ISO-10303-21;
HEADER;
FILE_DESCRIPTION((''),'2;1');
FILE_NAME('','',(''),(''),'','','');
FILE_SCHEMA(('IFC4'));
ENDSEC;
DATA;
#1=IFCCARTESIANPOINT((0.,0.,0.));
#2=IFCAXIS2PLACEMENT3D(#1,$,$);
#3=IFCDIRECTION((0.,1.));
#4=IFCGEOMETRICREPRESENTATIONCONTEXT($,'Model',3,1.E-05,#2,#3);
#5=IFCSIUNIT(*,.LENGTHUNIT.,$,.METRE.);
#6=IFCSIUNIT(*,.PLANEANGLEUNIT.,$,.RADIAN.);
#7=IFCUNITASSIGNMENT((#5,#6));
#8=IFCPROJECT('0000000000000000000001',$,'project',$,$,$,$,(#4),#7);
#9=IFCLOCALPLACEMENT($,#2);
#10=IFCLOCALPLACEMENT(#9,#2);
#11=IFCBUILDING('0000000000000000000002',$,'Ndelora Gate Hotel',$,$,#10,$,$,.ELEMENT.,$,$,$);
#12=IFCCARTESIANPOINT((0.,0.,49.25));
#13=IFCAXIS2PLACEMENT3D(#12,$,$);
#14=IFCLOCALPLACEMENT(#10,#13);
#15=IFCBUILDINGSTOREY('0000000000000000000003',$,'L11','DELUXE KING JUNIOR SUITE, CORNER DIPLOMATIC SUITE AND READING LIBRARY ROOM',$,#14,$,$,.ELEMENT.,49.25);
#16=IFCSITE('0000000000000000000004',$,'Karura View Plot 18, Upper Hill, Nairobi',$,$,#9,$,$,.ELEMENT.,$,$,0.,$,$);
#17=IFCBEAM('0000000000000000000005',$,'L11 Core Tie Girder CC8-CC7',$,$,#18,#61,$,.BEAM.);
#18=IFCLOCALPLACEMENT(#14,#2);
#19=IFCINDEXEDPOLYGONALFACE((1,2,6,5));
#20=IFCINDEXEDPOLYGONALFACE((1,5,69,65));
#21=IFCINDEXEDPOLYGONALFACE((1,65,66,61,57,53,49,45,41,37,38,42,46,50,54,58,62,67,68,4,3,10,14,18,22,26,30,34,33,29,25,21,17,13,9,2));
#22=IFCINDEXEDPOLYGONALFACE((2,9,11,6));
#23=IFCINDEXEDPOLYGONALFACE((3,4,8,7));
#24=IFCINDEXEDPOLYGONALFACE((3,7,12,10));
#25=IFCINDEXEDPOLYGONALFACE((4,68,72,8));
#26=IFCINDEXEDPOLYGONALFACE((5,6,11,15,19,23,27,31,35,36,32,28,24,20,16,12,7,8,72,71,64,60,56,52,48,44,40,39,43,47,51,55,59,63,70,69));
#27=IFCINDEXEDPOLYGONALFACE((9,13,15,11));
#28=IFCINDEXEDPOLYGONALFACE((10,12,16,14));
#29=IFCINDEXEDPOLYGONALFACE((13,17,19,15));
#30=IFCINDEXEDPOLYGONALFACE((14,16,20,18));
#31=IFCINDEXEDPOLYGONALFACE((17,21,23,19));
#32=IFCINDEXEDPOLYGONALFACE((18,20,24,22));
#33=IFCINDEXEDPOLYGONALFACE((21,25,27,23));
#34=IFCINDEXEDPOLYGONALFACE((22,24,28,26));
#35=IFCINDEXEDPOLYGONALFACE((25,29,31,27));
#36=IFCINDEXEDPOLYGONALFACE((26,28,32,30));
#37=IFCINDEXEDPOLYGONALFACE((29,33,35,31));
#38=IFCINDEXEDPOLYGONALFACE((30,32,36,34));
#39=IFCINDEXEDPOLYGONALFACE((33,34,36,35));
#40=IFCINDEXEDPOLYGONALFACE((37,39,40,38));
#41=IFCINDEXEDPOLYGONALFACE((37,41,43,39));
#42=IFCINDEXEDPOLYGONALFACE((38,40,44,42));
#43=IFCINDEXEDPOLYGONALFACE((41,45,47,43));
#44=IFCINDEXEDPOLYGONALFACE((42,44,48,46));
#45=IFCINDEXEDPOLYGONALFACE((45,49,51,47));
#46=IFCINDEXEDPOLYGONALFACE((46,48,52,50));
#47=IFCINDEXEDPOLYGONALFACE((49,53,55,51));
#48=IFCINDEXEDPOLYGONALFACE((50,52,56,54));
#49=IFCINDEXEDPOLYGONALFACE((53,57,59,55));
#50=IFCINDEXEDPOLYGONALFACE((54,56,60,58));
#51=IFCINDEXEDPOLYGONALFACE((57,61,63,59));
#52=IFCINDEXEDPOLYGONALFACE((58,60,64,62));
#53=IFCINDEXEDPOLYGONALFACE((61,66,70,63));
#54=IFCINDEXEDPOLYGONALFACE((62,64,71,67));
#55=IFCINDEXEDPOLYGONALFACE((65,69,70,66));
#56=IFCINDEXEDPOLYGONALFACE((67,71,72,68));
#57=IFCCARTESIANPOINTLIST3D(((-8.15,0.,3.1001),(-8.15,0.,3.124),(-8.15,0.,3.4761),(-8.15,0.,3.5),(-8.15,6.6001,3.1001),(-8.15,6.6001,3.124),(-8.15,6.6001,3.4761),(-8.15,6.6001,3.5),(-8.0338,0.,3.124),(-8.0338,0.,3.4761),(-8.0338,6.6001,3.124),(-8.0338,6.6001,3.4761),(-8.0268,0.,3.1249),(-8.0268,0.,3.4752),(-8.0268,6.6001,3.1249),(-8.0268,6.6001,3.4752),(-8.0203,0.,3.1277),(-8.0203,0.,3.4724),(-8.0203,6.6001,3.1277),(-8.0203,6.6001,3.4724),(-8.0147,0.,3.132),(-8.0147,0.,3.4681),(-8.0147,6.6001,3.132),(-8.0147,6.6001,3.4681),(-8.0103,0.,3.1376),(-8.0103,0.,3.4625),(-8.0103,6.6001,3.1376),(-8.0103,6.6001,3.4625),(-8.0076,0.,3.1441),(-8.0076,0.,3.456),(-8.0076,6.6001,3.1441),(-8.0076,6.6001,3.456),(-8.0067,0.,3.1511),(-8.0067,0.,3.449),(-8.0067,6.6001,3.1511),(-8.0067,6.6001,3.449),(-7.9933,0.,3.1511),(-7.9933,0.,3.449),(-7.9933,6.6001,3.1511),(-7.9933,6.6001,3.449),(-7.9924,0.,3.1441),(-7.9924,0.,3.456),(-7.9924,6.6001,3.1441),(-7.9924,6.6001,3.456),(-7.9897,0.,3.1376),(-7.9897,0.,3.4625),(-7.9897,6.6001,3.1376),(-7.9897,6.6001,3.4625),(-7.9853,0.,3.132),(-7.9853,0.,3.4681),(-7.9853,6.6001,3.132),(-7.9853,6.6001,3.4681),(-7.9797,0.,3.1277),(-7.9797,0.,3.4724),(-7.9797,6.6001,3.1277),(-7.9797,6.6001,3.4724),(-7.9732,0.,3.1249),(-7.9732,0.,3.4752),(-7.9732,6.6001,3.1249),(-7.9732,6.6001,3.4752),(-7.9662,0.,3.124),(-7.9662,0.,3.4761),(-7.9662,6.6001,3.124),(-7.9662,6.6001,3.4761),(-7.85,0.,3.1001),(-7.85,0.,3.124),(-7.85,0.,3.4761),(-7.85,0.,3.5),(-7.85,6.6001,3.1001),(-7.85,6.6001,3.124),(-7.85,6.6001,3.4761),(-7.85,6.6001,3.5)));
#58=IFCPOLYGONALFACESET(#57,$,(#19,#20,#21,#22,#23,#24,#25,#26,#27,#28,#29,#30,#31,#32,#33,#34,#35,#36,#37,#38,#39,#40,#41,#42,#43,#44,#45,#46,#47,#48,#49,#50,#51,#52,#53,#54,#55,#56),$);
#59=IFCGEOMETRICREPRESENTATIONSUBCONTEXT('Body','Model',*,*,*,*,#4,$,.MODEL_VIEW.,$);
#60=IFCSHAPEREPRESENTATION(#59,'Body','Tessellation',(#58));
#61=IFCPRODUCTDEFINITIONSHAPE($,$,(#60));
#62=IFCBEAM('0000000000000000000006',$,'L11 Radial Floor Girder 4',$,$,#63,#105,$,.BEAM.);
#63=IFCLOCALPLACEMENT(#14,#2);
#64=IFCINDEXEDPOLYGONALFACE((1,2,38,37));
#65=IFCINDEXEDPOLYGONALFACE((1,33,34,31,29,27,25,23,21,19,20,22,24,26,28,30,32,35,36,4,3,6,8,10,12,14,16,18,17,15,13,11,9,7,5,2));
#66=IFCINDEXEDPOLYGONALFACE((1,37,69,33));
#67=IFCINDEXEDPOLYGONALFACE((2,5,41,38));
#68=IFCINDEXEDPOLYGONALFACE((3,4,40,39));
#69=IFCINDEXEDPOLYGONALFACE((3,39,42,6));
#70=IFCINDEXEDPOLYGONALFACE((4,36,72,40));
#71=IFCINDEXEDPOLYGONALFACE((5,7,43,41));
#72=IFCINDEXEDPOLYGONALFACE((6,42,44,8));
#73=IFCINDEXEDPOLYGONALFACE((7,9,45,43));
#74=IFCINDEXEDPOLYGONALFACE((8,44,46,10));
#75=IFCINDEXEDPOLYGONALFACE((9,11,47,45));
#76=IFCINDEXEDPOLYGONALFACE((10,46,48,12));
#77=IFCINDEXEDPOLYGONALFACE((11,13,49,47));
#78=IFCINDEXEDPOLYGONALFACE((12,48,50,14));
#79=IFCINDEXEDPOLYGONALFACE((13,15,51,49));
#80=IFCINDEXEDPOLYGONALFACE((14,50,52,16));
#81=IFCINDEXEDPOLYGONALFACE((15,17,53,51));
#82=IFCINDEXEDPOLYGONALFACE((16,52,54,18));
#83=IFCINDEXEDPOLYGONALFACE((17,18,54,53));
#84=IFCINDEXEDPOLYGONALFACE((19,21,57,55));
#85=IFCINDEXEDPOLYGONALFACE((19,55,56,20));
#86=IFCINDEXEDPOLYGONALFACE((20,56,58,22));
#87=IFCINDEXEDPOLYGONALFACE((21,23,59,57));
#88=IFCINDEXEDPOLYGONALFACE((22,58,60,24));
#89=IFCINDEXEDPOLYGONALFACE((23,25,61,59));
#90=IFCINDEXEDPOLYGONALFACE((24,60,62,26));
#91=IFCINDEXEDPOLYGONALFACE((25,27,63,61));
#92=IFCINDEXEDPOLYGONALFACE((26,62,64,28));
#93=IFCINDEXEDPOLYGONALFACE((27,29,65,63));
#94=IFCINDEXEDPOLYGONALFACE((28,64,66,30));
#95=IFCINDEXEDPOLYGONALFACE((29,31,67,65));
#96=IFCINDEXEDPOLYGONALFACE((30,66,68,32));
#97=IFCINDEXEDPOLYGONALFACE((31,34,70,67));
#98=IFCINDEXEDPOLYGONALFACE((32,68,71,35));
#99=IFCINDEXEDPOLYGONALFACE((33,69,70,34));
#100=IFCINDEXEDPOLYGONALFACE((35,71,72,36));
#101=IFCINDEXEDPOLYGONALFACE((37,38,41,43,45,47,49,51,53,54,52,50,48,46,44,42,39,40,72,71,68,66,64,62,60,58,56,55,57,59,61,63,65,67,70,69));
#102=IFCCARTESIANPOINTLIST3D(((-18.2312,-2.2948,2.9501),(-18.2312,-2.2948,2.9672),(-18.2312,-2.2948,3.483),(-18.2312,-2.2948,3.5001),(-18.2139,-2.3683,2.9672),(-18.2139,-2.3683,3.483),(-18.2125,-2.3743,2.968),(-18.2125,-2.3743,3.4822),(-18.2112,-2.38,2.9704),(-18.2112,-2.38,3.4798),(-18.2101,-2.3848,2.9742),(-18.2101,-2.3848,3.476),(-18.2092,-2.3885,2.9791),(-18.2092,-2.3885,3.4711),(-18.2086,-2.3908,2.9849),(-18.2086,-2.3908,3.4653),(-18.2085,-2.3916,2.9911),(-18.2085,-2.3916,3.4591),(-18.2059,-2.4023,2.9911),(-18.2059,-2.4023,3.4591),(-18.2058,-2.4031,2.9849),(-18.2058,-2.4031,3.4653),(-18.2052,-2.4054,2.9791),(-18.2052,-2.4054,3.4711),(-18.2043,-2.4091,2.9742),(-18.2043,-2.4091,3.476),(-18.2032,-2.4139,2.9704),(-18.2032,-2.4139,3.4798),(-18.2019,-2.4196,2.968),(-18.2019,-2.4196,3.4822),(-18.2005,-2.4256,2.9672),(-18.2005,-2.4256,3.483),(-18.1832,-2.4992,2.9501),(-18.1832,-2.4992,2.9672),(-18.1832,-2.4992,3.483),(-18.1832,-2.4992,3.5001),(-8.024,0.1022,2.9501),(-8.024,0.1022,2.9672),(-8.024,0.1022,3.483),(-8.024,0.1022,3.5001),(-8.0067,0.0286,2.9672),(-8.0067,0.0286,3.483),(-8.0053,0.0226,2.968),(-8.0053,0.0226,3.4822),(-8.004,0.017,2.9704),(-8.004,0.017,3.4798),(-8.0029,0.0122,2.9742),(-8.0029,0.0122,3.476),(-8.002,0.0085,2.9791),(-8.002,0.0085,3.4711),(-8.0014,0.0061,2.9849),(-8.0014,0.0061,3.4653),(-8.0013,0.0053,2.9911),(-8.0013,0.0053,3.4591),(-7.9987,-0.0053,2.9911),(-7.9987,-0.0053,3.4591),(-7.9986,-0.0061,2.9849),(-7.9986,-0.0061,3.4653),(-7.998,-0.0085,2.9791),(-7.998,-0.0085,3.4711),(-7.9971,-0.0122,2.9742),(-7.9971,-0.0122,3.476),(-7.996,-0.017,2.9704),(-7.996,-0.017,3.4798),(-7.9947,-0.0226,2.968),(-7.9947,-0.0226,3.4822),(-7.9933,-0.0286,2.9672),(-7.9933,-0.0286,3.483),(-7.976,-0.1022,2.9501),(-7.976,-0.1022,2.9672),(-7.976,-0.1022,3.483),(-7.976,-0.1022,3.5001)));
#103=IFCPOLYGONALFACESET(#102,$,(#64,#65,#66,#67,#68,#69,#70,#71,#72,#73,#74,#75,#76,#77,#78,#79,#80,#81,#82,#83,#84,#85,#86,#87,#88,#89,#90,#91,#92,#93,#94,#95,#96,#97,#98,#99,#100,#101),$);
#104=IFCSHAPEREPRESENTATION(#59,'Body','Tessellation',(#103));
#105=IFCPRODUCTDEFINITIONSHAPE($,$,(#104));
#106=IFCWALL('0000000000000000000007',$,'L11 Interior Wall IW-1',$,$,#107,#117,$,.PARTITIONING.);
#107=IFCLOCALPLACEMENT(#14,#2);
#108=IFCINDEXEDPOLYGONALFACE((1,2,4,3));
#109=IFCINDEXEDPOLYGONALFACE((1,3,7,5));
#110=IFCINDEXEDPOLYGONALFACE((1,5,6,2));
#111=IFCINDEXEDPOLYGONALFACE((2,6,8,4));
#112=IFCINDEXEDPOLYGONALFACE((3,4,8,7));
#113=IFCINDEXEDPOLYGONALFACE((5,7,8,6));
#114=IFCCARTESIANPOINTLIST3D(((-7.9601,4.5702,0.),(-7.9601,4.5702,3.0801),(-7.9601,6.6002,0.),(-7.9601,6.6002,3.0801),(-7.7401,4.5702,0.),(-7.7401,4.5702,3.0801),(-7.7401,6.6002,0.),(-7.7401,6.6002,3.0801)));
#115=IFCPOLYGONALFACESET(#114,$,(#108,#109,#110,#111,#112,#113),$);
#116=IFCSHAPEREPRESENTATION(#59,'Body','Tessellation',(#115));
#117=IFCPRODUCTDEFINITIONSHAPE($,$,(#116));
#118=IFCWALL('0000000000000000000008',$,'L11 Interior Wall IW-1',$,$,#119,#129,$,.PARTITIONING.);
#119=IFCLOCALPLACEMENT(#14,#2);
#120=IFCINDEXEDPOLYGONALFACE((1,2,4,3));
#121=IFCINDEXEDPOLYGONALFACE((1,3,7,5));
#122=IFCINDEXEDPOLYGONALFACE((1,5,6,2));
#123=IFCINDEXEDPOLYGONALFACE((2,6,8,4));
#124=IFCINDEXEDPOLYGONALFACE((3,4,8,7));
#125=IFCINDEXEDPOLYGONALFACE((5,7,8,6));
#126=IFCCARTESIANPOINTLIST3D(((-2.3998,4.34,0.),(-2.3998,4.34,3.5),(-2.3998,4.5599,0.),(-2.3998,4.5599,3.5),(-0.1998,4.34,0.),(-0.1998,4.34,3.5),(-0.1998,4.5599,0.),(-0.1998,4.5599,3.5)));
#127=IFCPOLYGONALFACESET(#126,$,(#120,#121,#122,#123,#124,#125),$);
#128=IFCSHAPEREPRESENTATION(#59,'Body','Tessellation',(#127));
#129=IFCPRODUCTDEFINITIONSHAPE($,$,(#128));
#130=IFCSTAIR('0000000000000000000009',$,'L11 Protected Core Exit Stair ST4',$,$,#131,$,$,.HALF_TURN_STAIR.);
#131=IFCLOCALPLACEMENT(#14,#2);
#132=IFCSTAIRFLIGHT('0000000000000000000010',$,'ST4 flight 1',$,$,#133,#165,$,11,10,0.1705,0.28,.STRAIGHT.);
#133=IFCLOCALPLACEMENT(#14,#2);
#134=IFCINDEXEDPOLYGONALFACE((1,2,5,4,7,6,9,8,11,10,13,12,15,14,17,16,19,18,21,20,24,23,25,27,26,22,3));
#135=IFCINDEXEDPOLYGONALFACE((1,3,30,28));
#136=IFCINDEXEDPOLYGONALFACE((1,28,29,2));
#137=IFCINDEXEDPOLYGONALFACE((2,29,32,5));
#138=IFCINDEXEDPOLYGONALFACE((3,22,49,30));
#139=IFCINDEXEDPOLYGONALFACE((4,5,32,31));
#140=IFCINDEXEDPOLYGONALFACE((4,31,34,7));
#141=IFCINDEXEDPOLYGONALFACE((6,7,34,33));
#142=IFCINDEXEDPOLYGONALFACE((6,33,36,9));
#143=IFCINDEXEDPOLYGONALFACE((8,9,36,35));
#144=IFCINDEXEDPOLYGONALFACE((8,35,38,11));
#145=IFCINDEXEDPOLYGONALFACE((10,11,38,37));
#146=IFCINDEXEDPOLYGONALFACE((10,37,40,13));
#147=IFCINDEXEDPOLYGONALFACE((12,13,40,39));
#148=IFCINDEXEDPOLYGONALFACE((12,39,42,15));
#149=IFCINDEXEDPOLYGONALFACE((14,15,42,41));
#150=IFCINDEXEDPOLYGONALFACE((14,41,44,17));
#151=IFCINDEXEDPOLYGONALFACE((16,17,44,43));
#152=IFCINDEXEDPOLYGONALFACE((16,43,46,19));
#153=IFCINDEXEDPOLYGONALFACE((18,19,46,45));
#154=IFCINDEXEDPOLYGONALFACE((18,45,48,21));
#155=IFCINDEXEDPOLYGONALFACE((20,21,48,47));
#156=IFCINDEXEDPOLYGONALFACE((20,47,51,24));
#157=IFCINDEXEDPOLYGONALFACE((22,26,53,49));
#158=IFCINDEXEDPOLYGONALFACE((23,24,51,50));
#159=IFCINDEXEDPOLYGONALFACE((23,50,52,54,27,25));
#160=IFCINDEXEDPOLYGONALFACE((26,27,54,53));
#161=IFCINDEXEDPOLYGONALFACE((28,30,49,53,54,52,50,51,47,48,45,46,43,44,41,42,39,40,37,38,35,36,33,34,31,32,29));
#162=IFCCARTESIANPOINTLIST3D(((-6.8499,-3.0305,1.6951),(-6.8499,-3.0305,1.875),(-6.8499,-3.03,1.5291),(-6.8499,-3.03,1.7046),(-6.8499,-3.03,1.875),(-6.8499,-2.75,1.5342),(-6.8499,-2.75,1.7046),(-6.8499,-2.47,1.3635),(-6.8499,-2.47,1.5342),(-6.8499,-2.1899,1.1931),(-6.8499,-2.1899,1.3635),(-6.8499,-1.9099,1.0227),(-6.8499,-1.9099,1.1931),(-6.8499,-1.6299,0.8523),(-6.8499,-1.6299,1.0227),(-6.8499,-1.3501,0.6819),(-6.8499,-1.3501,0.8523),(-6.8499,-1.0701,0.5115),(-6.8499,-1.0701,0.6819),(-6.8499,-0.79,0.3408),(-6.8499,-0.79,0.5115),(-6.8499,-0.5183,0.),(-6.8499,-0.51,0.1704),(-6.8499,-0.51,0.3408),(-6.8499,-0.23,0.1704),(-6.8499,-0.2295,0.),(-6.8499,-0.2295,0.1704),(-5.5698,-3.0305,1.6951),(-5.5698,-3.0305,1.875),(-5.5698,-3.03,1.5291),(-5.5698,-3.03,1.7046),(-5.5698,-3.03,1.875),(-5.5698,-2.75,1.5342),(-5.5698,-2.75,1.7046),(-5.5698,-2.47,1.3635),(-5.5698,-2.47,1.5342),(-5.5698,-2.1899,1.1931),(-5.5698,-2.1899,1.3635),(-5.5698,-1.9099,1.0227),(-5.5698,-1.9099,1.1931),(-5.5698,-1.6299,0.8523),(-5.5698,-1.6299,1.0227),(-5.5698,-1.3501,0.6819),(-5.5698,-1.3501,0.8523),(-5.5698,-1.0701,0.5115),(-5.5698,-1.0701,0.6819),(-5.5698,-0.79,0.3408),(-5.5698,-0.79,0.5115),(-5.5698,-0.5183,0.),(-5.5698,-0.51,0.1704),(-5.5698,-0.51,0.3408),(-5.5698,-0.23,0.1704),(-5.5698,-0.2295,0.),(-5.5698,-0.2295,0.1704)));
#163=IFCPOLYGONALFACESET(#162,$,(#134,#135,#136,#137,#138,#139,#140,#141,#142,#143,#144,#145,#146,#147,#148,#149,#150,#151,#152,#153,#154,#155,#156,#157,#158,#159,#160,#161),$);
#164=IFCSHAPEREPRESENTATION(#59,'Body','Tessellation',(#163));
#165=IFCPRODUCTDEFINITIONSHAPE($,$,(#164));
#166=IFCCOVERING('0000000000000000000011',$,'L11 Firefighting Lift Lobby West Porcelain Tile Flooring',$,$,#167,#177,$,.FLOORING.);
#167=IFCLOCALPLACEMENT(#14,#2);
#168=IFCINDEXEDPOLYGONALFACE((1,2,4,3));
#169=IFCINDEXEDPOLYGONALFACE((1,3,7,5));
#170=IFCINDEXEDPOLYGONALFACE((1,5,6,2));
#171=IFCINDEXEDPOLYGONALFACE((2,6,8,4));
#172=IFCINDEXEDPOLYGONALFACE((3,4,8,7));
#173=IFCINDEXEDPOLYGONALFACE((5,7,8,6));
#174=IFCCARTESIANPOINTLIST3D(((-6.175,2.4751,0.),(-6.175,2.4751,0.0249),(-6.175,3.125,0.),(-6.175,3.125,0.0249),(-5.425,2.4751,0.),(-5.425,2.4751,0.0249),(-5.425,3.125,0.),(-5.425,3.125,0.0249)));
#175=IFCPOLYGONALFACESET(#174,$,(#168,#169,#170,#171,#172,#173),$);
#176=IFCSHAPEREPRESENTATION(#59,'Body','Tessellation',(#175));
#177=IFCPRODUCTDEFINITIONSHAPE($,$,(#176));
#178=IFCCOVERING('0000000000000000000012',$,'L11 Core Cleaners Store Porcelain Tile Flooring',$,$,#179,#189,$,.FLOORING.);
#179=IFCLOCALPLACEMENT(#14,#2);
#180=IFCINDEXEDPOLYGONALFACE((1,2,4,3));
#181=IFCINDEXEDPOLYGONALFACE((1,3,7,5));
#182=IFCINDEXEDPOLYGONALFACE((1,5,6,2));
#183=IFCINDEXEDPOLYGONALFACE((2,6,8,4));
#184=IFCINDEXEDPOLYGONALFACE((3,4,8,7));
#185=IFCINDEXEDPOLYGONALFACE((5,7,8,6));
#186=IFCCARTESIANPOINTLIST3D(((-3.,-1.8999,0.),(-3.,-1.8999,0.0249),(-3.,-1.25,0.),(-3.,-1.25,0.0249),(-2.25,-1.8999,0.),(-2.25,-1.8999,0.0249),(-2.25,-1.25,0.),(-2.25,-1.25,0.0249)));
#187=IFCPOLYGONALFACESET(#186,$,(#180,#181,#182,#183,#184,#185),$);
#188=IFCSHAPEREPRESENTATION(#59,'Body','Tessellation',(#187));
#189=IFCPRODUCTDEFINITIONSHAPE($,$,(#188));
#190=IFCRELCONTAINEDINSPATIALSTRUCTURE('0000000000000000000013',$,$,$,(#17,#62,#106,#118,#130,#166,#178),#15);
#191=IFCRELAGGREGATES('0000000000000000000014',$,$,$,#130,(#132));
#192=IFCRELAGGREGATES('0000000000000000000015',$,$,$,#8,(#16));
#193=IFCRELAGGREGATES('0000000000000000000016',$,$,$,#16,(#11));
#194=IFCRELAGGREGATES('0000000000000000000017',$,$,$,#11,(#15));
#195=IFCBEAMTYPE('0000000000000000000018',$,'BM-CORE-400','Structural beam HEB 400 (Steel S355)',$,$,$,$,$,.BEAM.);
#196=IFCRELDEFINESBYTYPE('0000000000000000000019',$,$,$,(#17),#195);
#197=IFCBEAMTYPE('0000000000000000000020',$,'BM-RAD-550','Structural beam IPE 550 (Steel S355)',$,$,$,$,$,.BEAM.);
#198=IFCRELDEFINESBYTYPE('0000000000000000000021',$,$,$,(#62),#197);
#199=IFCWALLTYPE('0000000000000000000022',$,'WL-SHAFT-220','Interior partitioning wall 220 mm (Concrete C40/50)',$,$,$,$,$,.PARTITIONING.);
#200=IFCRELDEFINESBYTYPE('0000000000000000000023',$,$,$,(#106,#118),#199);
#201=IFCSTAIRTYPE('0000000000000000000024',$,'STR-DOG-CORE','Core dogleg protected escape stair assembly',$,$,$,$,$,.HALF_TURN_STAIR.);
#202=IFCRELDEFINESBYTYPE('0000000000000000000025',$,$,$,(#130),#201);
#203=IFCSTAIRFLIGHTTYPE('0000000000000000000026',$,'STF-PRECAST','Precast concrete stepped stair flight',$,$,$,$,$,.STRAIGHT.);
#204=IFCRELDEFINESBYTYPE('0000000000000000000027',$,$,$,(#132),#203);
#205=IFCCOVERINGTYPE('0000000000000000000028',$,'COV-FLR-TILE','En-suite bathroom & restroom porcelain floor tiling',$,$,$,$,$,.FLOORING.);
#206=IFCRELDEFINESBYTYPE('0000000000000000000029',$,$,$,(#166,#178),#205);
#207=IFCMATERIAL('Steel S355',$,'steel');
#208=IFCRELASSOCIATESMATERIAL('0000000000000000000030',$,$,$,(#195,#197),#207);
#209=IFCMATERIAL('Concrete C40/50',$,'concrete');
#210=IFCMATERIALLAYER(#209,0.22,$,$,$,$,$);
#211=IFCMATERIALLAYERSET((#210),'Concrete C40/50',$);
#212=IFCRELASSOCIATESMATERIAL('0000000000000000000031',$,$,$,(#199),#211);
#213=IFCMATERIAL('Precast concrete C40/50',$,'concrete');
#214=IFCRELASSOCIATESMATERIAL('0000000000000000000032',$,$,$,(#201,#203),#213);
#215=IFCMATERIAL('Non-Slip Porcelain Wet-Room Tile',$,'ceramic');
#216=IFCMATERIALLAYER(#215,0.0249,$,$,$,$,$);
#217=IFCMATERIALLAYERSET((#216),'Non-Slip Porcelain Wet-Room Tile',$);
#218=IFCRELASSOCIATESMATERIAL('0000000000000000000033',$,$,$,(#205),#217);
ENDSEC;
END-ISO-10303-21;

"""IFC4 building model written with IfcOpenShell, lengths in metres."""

from ifc_helpers import new_model, si_unit, direction, frame, frame_2d, origin, origin_2d, place, context, subcontext, project, spatial, polyline, rectangle, i_section, outline, extrude, material, layer, layer_set, material_profile, profile_set, type_object, element, aggregate, save


model = new_model("IFC4")

# Units and contexts
model_context = context("Model", 3, precision=1e-05, world=origin(), true_north=direction((0.0, 1.0)))
body_context = subcontext(model_context, "Body", "Model", "MODEL_VIEW")
ifc_project = project(units=[si_unit("LENGTHUNIT", "METRE"), si_unit("PLANEANGLEUNIT", "RADIAN")], contexts=[model_context])

# Site, building, storey
site_placement = place(None, origin())
site = spatial("IfcSite", under=ifc_project, at=site_placement, Name="Karura View Plot 18, Upper Hill, Nairobi", CompositionType="ELEMENT", RefElevation=0.0)
building_placement = place(site_placement, origin())
building = spatial("IfcBuilding", under=site, at=building_placement, Name="Ndelora Gate Hotel", CompositionType="ELEMENT")
storey_placement = place(building_placement, frame((0.0, 0.0, 49.25)))
storey = spatial("IfcBuildingStorey", under=building, at=storey_placement, Name="L11", Description="DELUXE KING JUNIOR SUITE, CORNER DIPLOMATIC SUITE AND READING LIBRARY ROOM", CompositionType="ELEMENT", Elevation=49.25)

# Beams
ifc_material_1 = material(Name="Steel S355", Category="steel")
ifc_material_profile_1 = material_profile(ifc_material_1, i_section(OverallWidth=0.3, OverallDepth=0.3999, WebThickness=0.0134, FlangeThickness=0.0239, FilletRadius=0.0271, at=origin_2d()), Name="HEB 400")
ifc_profile_set_1 = profile_set([ifc_material_profile_1], Name="Steel S355")
beam_type_1 = type_object("IfcBeamType", Name="BM-CORE-400", Description="Structural beam HEB 400 (Steel S355)", PredefinedType="BEAM", material=ifc_profile_set_1)
beam_1_placement = place(storey_placement, frame((-8.0, 0.0, 3.3), z_axis=(0.0, 1.0, 0.0), x_axis=(-1.0, 0.0, 0.0)))
element("IfcBeam", 1, at=beam_1_placement, inside=storey, type_object=beam_type_1, Name="L11 Core Tie Girder CC8-CC7", PredefinedType="BEAM", context=body_context, shape_type="SweptSolid", body=[
    extrude(i_section(OverallWidth=0.3, OverallDepth=0.3999, WebThickness=0.0134, FlangeThickness=0.0239, FilletRadius=0.0271, at=origin_2d()), origin(), (0.0, 0.0, 1.0), 6.6001),
])
ifc_material_profile_2 = material_profile(ifc_material_1, i_section(OverallWidth=0.21, OverallDepth=0.55, WebThickness=0.011, FlangeThickness=0.0171, FilletRadius=0.0239, at=origin_2d()), Name="IPE 550")
ifc_profile_set_2 = profile_set([ifc_material_profile_2], Name="Steel S355")
beam_type_2 = type_object("IfcBeamType", Name="BM-RAD-550", Description="Structural beam IPE 550 (Steel S355)", PredefinedType="BEAM", material=ifc_profile_set_2)
beam_2_placement = place(storey_placement, frame((-8.0, 0.0, 3.2251), z_axis=(-0.973518, -0.228611, 0.0), x_axis=(0.228611, -0.973518, 0.0)))
element("IfcBeam", 2, at=beam_2_placement, inside=storey, type_object=beam_type_2, Name="L11 Radial Floor Girder 4", PredefinedType="BEAM", context=body_context, shape_type="SweptSolid", body=[
    extrude(i_section(OverallWidth=0.21, OverallDepth=0.55, WebThickness=0.011, FlangeThickness=0.0171, FilletRadius=0.0239, at=origin_2d()), origin(), (0.0, 0.0, 1.0), 10.4849),
])

# Shared definitions
ifc_material_2 = material(Name="Concrete C40/50", Category="concrete")
ifc_layer_1 = layer(ifc_material_2, 0.22)
ifc_layer_set_1 = layer_set([ifc_layer_1], Name="Concrete C40/50")
wall_type_1 = type_object("IfcWallType", Name="WL-SHAFT-220", Description="Interior partitioning wall 220 mm (Concrete C40/50)", PredefinedType="PARTITIONING", material=ifc_layer_set_1)

# Wall
wall_1_placement = place(storey_placement, frame((-7.8501, 4.5701, 0.0), z_axis=(0.0, 0.0, 1.0), x_axis=(0.0, 1.0, 0.0)))
element("IfcWall", 3, at=wall_1_placement, inside=storey, type_object=wall_type_1, Name="L11 Interior Wall IW-1", PredefinedType="PARTITIONING", context=body_context, shape_type="SweptSolid", body=[
    extrude(rectangle(XDim=2.03, YDim=0.22, at=frame_2d((1.0151, 0.0))), origin(), (0.0, 0.0, 1.0), 3.0801),
])

# Wall
wall_2_placement = place(storey_placement, frame((-2.3999, 4.45, 0.0), z_axis=(0.0, 0.0, 1.0), x_axis=(1.0, 0.0, 0.0)))
element("IfcWall", 4, at=wall_2_placement, inside=storey, type_object=wall_type_1, Name="L11 Interior Wall IW-1", PredefinedType="PARTITIONING", context=body_context, shape_type="SweptSolid", body=[
    extrude(rectangle(XDim=2.2, YDim=0.22, at=frame_2d((1.1001, 0.0))), origin(), (0.0, 0.0, 1.0), 3.5),
])

# Stair, stair flight
ifc_material_3 = material(Name="Precast concrete C40/50", Category="concrete")
stair_type = type_object("IfcStairType", Name="STR-DOG-CORE", Description="Core dogleg protected escape stair assembly", PredefinedType="HALF_TURN_STAIR", material=ifc_material_3)
stair_placement = place(storey_placement, origin())
stair = element("IfcStair", 5, at=stair_placement, inside=storey, type_object=stair_type, Name="L11 Protected Core Exit Stair ST4", PredefinedType="HALF_TURN_STAIR")
stair_flight_type = type_object("IfcStairFlightType", Name="STF-PRECAST", Description="Precast concrete stepped stair flight", PredefinedType="STRAIGHT", material=ifc_material_3)
stair_flight_placement = place(storey_placement, frame((-6.21, -0.23, 0.0), z_axis=(0.0, 0.0, 1.0), x_axis=(0.0, -1.0, 0.0)))
stair_flight = element("IfcStairFlight", 6, at=stair_flight_placement, type_object=stair_flight_type, Name="ST4 flight 1", NumberOfRisers=11, NumberOfTreads=10, PredefinedType="STRAIGHT", RiserHeight=0.1705, TreadLength=0.28, context=body_context, shape_type="SweptSolid", body=[
    extrude(outline(polyline([(-0.0005, 0.0), (-0.0005, 0.1704), (0.0, 0.1704), (0.28, 0.1704), (0.28, 0.3408), (0.5601, 0.3408), (0.5601, 0.5115), (0.8401, 0.5115), (0.8401, 0.6819), (1.1201, 0.6819), (1.1201, 0.8523), (1.3999, 0.8523), (1.3999, 1.0227), (1.6799, 1.0227), (1.6799, 1.1931), (1.96, 1.1931), (1.96, 1.3635), (2.24, 1.3635), (2.24, 1.5342), (2.52, 1.5342), (2.52, 1.7046), (2.8, 1.7046), (2.8, 1.875), (2.8005, 1.875), (2.8005, 1.6951), (2.8, 1.5291), (0.2883, 0.0), (-0.0005, 0.0)])), frame((0.0, 0.6401, 0.0), z_axis=(0.0, -1.0, 0.0), x_axis=(1.0, 0.0, 0.0)), (0.0, 0.0, 1.0), 1.28),
])
aggregate(stair, [stair_flight])

# Coverings
ifc_material_4 = material(Name="Non-Slip Porcelain Wet-Room Tile", Category="ceramic")
ifc_layer_2 = layer(ifc_material_4, 0.0249)
ifc_layer_set_2 = layer_set([ifc_layer_2], Name="Non-Slip Porcelain Wet-Room Tile")
covering_type = type_object("IfcCoveringType", Name="COV-FLR-TILE", Description="En-suite bathroom & restroom porcelain floor tiling", PredefinedType="FLOORING", material=ifc_layer_set_2)
for number, where, z_axis, x_axis, name in (
    (7, (-5.8, 2.8, 0.0), (0.0, 0.0, 1.0), (1.0, 0.0, 0.0), "L11 Firefighting Lift Lobby West Porcelain Tile Flooring"),
    (8, (-2.625, -1.575, 0.0), (0.0, 0.0, 1.0), (1.0, 0.0, 0.0), "L11 Core Cleaners Store Porcelain Tile Flooring"),
):
    element("IfcCovering", number, at=place(storey_placement, frame(where, z_axis=z_axis, x_axis=x_axis)), inside=storey, type_object=covering_type, Name=name, PredefinedType="FLOORING", context=body_context, shape_type="SweptSolid", body=[
        extrude(rectangle(XDim=0.75, YDim=0.6499, at=origin_2d()), origin(), (0.0, 0.0, 1.0), 0.0249),
    ])

save(model, "model.ifc")
